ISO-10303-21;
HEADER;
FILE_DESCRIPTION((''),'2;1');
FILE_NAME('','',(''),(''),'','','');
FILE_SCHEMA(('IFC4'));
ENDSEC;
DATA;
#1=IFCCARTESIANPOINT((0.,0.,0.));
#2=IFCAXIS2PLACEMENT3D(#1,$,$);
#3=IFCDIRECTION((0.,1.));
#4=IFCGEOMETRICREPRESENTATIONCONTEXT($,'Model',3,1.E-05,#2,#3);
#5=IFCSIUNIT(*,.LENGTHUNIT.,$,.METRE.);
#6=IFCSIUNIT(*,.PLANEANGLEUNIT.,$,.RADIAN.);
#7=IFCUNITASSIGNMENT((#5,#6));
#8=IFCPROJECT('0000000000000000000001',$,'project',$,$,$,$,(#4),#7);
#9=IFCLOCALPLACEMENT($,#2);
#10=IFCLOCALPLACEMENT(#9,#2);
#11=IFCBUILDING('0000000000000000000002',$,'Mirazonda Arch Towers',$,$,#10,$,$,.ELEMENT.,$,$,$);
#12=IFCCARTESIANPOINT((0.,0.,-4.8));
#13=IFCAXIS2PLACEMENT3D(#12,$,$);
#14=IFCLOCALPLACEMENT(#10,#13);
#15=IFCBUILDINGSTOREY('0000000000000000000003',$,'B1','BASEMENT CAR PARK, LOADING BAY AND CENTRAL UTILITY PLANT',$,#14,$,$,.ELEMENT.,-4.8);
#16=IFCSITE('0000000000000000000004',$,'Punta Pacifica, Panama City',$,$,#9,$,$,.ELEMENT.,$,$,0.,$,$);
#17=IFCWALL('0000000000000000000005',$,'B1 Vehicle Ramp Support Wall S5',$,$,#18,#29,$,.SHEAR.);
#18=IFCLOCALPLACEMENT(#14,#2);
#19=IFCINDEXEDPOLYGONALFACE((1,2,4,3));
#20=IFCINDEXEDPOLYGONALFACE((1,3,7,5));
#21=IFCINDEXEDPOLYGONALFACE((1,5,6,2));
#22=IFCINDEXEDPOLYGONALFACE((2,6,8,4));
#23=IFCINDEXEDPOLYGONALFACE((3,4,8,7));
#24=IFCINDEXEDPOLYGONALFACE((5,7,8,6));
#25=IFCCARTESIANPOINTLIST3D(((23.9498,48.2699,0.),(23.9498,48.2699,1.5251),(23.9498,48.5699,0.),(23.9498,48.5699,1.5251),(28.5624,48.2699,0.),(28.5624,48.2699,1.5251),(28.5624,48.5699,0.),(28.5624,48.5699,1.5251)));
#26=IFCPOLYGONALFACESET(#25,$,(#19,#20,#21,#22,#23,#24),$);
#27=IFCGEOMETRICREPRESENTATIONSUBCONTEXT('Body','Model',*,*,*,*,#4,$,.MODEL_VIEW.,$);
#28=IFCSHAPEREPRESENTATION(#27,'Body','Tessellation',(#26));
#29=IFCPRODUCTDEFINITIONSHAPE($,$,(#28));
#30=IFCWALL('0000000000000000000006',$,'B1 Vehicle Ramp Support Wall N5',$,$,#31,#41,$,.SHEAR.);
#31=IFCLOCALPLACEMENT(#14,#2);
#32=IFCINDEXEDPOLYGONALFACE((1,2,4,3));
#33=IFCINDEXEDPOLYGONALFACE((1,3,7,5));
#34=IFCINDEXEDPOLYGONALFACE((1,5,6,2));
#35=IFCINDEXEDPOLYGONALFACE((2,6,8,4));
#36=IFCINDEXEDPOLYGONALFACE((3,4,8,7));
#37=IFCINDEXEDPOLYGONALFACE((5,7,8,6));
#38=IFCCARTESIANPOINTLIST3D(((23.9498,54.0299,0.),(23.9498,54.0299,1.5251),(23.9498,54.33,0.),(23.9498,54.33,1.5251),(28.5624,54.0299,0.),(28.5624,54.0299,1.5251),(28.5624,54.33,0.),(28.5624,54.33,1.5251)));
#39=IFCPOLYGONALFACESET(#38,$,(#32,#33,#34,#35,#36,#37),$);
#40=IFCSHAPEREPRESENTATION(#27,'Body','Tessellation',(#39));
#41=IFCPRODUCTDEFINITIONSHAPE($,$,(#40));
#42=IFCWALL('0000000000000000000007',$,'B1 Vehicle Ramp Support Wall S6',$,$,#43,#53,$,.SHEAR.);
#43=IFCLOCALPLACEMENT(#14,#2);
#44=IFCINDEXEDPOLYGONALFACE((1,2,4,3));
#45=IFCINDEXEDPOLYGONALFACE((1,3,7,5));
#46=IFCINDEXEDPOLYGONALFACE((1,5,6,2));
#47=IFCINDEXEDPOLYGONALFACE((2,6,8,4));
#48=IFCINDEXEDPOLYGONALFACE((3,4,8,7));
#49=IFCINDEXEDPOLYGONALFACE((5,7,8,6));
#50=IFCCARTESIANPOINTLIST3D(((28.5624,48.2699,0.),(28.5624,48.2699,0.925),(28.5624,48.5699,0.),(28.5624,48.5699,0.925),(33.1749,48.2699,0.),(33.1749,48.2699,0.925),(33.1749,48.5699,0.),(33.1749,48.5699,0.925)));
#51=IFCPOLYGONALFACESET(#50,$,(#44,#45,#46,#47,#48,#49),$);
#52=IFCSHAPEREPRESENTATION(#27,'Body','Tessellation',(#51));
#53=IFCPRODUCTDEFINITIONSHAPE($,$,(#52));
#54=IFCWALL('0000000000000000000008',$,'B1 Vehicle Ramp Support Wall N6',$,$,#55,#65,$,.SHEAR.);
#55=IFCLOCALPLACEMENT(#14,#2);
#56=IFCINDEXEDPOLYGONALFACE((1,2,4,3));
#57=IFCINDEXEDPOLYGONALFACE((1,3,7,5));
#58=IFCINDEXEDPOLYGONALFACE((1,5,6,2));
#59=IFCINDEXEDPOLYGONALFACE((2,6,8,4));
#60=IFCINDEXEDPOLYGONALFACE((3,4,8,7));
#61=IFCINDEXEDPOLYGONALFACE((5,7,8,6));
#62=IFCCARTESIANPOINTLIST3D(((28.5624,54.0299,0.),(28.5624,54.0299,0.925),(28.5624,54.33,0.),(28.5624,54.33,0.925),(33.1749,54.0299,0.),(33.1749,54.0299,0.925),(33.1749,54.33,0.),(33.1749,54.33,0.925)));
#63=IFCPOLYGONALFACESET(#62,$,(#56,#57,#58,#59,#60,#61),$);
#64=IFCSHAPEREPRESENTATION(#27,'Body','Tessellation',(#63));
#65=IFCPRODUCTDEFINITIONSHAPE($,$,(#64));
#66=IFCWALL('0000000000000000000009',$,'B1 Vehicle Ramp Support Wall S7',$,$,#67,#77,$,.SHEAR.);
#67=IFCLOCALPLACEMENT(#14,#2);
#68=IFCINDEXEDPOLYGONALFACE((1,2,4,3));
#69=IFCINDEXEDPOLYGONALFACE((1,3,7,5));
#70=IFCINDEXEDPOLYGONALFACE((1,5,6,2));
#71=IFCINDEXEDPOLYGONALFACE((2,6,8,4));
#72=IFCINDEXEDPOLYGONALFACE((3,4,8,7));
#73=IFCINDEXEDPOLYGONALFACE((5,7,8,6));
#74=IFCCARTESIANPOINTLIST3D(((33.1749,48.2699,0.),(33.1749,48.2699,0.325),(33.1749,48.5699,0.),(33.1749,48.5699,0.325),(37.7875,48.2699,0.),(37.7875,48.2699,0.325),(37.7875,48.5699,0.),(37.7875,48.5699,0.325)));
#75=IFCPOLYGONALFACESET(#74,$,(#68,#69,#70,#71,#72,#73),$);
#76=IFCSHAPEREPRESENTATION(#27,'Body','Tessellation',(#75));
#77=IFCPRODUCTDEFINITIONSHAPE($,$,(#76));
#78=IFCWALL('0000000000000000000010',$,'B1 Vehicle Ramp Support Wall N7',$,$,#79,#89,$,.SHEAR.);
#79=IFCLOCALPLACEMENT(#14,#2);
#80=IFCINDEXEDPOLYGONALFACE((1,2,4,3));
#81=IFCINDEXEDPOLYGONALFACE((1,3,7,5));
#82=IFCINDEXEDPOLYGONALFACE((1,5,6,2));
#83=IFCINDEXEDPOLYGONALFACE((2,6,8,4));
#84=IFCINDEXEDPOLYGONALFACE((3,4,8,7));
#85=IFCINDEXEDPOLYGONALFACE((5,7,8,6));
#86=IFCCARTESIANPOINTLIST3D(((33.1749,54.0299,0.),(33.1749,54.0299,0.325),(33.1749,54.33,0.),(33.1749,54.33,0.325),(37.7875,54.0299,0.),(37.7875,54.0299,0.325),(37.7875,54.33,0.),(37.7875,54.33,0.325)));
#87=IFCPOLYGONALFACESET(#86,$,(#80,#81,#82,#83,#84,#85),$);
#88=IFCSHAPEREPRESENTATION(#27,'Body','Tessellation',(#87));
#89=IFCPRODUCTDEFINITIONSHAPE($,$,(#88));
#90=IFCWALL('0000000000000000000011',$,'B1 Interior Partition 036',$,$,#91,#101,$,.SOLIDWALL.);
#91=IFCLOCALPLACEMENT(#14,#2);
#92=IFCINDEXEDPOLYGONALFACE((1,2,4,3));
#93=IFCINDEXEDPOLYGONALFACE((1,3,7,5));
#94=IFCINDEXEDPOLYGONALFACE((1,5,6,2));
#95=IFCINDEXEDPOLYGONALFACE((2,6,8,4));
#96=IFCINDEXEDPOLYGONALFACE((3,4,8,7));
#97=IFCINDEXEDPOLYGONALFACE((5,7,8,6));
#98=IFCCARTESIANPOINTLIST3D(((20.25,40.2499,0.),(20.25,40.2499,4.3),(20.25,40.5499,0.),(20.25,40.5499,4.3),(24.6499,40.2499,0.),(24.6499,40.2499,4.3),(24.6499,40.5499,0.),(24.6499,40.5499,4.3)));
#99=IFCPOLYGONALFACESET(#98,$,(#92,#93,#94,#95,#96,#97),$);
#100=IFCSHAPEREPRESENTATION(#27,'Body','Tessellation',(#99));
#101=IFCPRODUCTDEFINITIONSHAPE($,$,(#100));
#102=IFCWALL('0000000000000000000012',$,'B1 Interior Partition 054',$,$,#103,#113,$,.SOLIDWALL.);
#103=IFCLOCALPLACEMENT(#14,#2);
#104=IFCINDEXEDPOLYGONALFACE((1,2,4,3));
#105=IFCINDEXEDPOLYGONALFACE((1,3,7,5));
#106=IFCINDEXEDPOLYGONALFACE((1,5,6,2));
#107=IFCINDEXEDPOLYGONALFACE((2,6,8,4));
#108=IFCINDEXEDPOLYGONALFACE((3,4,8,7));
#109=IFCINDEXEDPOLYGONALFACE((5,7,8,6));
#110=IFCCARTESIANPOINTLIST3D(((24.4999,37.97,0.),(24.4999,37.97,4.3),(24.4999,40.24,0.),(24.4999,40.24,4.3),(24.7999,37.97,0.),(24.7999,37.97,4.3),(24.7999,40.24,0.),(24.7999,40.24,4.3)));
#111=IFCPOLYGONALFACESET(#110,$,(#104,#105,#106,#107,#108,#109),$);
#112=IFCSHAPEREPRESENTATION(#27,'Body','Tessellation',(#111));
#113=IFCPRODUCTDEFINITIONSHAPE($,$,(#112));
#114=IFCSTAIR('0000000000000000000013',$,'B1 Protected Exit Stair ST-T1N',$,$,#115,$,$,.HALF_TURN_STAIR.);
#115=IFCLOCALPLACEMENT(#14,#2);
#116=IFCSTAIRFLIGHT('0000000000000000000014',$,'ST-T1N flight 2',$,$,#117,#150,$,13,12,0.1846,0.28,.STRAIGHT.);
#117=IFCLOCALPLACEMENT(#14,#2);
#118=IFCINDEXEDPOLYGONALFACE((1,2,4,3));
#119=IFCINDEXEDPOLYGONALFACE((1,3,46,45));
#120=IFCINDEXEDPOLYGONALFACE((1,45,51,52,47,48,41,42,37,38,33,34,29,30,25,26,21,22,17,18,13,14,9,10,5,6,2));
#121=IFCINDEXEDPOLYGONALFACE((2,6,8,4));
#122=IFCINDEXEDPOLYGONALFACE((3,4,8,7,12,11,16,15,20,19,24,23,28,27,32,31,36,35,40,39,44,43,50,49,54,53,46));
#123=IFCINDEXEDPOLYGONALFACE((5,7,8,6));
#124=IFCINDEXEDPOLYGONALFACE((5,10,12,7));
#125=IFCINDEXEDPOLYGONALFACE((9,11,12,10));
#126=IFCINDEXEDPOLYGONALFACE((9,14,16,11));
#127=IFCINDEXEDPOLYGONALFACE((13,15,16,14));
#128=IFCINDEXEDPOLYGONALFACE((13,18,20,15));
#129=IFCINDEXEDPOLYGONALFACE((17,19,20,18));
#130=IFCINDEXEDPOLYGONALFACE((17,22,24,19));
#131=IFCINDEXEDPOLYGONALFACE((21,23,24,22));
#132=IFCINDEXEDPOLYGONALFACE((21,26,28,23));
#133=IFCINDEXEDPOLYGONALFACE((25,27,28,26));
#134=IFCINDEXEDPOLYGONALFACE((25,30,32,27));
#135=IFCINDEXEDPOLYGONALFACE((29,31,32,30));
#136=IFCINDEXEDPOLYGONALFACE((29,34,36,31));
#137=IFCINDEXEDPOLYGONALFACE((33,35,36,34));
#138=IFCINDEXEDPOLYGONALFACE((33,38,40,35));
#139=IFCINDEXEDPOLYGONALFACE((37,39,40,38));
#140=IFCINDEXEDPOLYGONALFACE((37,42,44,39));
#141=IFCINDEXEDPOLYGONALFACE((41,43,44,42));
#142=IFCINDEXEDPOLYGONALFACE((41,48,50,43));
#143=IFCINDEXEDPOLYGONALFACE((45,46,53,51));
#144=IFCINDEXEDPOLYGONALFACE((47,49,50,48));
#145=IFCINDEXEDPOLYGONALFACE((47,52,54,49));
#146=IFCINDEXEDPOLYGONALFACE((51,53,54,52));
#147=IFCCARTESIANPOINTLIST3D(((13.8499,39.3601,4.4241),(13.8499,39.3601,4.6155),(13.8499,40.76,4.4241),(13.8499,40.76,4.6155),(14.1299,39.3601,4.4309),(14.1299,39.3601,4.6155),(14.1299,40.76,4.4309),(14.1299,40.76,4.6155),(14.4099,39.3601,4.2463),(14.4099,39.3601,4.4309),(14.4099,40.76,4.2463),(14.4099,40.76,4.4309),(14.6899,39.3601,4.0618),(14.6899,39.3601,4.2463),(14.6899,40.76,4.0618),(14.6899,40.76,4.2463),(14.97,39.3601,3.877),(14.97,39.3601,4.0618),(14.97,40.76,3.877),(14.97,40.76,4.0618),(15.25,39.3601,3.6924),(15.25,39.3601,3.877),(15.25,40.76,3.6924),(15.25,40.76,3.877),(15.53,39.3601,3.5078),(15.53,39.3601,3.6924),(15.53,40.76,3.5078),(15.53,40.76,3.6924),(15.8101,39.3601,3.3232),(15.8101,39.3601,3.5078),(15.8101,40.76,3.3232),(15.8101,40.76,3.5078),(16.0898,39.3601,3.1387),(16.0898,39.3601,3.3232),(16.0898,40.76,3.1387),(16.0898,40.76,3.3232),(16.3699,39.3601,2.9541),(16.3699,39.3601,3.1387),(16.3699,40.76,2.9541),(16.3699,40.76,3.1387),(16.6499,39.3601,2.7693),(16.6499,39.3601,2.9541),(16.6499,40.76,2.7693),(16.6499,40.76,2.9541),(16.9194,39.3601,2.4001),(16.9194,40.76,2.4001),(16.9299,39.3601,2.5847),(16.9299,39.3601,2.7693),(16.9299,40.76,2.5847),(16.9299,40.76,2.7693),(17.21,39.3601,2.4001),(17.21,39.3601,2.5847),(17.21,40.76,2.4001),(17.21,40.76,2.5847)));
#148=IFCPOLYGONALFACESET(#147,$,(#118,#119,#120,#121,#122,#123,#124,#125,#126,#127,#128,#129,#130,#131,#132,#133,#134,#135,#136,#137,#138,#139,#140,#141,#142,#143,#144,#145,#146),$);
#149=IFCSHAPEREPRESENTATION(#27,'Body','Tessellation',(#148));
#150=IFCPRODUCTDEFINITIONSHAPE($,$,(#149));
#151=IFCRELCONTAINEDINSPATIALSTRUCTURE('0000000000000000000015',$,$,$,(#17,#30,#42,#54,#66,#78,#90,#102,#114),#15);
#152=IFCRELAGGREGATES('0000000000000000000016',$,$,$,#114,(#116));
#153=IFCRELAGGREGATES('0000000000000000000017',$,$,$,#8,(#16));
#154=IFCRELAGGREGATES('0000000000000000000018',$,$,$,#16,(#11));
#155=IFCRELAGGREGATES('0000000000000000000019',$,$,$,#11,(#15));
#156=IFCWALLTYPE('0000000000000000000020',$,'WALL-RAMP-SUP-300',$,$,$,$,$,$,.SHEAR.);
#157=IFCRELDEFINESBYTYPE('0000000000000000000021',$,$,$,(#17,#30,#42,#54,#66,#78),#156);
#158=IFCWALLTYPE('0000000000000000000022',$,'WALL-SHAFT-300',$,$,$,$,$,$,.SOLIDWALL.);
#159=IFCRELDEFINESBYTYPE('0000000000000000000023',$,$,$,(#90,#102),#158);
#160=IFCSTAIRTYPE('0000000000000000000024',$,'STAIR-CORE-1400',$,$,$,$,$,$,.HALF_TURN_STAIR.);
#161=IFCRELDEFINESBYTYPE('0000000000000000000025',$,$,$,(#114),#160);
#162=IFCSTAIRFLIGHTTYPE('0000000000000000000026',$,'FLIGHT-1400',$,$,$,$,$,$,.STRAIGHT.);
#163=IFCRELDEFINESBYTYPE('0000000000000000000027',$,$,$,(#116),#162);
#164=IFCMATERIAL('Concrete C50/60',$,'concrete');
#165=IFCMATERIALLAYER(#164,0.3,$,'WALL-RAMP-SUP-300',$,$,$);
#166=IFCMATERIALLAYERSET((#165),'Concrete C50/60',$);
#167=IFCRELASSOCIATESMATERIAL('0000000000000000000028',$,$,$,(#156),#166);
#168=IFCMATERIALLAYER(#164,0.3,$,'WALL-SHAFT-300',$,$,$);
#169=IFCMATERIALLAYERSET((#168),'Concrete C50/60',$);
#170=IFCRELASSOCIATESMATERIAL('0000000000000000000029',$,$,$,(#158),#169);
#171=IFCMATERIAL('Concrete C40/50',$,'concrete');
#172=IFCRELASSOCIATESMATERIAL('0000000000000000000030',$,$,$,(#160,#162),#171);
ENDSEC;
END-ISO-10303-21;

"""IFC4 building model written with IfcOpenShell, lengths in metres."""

from ifc_helpers import new_model, si_unit, direction, frame, frame_2d, origin, place, context, subcontext, project, spatial, polyline, rectangle, outline, extrude, material, layer, layer_set, type_object, element, aggregate, save


model = new_model("IFC4")

# Units and contexts
model_context = context("Model", 3, precision=1e-05, world=origin(), true_north=direction((0.0, 1.0)))
body_context = subcontext(model_context, "Body", "Model", "MODEL_VIEW")
ifc_project = project(units=[si_unit("LENGTHUNIT", "METRE"), si_unit("PLANEANGLEUNIT", "RADIAN")], contexts=[model_context])

# Site, building, storey
site_placement = place(None, origin())
site = spatial("IfcSite", under=ifc_project, at=site_placement, Name="Punta Pacifica, Panama City", CompositionType="ELEMENT", RefElevation=0.0)
building_placement = place(site_placement, origin())
building = spatial("IfcBuilding", under=site, at=building_placement, Name="Mirazonda Arch Towers", CompositionType="ELEMENT")
storey_placement = place(building_placement, frame((0.0, 0.0, -4.8)))
storey = spatial("IfcBuildingStorey", under=building, at=storey_placement, Name="B1", Description="BASEMENT CAR PARK, LOADING BAY AND CENTRAL UTILITY PLANT", CompositionType="ELEMENT", Elevation=-4.8)

# Shared definitions
ifc_material_1 = material(Name="Concrete C50/60", Category="concrete")

# Walls
ifc_layer_1 = layer(ifc_material_1, 0.3, Name="WALL-RAMP-SUP-300")
ifc_layer_set_1 = layer_set([ifc_layer_1], Name="Concrete C50/60")
wall_type_1 = type_object("IfcWallType", Name="WALL-RAMP-SUP-300", PredefinedType="SHEAR", material=ifc_layer_set_1)
for number, where, z_axis, x_axis, name in (
    (1, (23.95, 48.4199, 0.0), (0.0, 0.0, 1.0), (1.0, 0.0, 0.0), "B1 Vehicle Ramp Support Wall S5"),
    (2, (23.95, 54.1799, 0.0), (0.0, 0.0, 1.0), (1.0, 0.0, 0.0), "B1 Vehicle Ramp Support Wall N5"),
):
    element("IfcWall", number, at=place(storey_placement, frame(where, z_axis=z_axis, x_axis=x_axis)), inside=storey, type_object=wall_type_1, Name=name, PredefinedType="SHEAR", context=body_context, shape_type="SweptSolid", body=[
        extrude(rectangle(XDim=4.6125, YDim=0.3, at=frame_2d((2.3062, 0.0))), origin(), (0.0, 0.0, 1.0), 1.5251),
    ])
for number, where, z_axis, x_axis, name in (
    (3, (28.5625, 48.4199, 0.0), (0.0, 0.0, 1.0), (1.0, 0.0, 0.0), "B1 Vehicle Ramp Support Wall S6"),
    (4, (28.5625, 54.1799, 0.0), (0.0, 0.0, 1.0), (1.0, 0.0, 0.0), "B1 Vehicle Ramp Support Wall N6"),
):
    element("IfcWall", number, at=place(storey_placement, frame(where, z_axis=z_axis, x_axis=x_axis)), inside=storey, type_object=wall_type_1, Name=name, PredefinedType="SHEAR", context=body_context, shape_type="SweptSolid", body=[
        extrude(rectangle(XDim=4.6125, YDim=0.3, at=frame_2d((2.3062, 0.0))), origin(), (0.0, 0.0, 1.0), 0.925),
    ])
for number, where, z_axis, x_axis, name in (
    (5, (33.175, 48.4199, 0.0), (0.0, 0.0, 1.0), (1.0, 0.0, 0.0), "B1 Vehicle Ramp Support Wall S7"),
    (6, (33.175, 54.1799, 0.0), (0.0, 0.0, 1.0), (1.0, 0.0, 0.0), "B1 Vehicle Ramp Support Wall N7"),
):
    element("IfcWall", number, at=place(storey_placement, frame(where, z_axis=z_axis, x_axis=x_axis)), inside=storey, type_object=wall_type_1, Name=name, PredefinedType="SHEAR", context=body_context, shape_type="SweptSolid", body=[
        extrude(rectangle(XDim=4.6125, YDim=0.3, at=frame_2d((2.3062, 0.0))), origin(), (0.0, 0.0, 1.0), 0.325),
    ])
ifc_layer_2 = layer(ifc_material_1, 0.3, Name="WALL-SHAFT-300")
ifc_layer_set_2 = layer_set([ifc_layer_2], Name="Concrete C50/60")
wall_type_2 = type_object("IfcWallType", Name="WALL-SHAFT-300", PredefinedType="SOLIDWALL", material=ifc_layer_set_2)
wall_1_placement = place(storey_placement, frame((20.25, 40.3999, 0.0), z_axis=(0.0, 0.0, 1.0), x_axis=(1.0, 0.0, 0.0)))
element("IfcWall", 7, at=wall_1_placement, inside=storey, type_object=wall_type_2, Name="B1 Interior Partition 036", PredefinedType="SOLIDWALL", context=body_context, shape_type="SweptSolid", body=[
    extrude(rectangle(XDim=4.3999, YDim=0.3, at=frame_2d((2.2, 0.0))), origin(), (0.0, 0.0, 1.0), 4.3),
])
wall_2_placement = place(storey_placement, frame((24.6499, 37.97, 0.0), z_axis=(0.0, 0.0, 1.0), x_axis=(0.0, 1.0, 0.0)))
element("IfcWall", 8, at=wall_2_placement, inside=storey, type_object=wall_type_2, Name="B1 Interior Partition 054", PredefinedType="SOLIDWALL", context=body_context, shape_type="SweptSolid", body=[
    extrude(rectangle(XDim=2.27, YDim=0.3, at=frame_2d((1.135, 0.0))), origin(), (0.0, 0.0, 1.0), 4.3),
])

# Stair, stair flight
ifc_material_2 = material(Name="Concrete C40/50", Category="concrete")
stair_type = type_object("IfcStairType", Name="STAIR-CORE-1400", PredefinedType="HALF_TURN_STAIR", material=ifc_material_2)
stair_placement = place(storey_placement, origin())
stair = element("IfcStair", 9, at=stair_placement, inside=storey, type_object=stair_type, Name="B1 Protected Exit Stair ST-T1N", PredefinedType="HALF_TURN_STAIR")
stair_flight_type = type_object("IfcStairFlightType", Name="FLIGHT-1400", PredefinedType="STRAIGHT", material=ifc_material_2)
stair_flight_placement = place(storey_placement, frame((17.21, 40.0601, 2.4001), z_axis=(0.0, 0.0, 1.0), x_axis=(-1.0, 0.0, 0.0)))
stair_flight = element("IfcStairFlight", 10, at=stair_flight_placement, type_object=stair_flight_type, Name="ST-T1N flight 2", NumberOfRisers=13, NumberOfTreads=12, PredefinedType="STRAIGHT", RiserHeight=0.1846, TreadLength=0.28, context=body_context, shape_type="SweptSolid", body=[
    extrude(outline(polyline([(0.0, 0.0), (0.0, 0.1846), (0.28, 0.1846), (0.28, 0.3691), (0.5601, 0.3691), (0.5601, 0.554), (0.8401, 0.554), (0.8401, 0.7385), (1.1201, 0.7385), (1.1201, 0.9231), (1.3999, 0.9231), (1.3999, 1.1077), (1.6799, 1.1077), (1.6799, 1.2922), (1.96, 1.2922), (1.96, 1.4768), (2.24, 1.4768), (2.24, 1.6616), (2.52, 1.6616), (2.52, 1.8462), (2.8, 1.8462), (2.8, 2.0308), (3.0801, 2.0308), (3.0801, 2.2153), (3.3601, 2.2153), (3.3601, 2.3999), (3.3601, 2.0239), (0.2905, 0.0), (0.0, 0.0)])), frame((0.0, 0.7, 0.0), z_axis=(0.0, -1.0, 0.0), x_axis=(1.0, 0.0, 0.0)), (0.0, 0.0, 1.0), 1.3999),
])
aggregate(stair, [stair_flight])

save(model, "model.ifc")
